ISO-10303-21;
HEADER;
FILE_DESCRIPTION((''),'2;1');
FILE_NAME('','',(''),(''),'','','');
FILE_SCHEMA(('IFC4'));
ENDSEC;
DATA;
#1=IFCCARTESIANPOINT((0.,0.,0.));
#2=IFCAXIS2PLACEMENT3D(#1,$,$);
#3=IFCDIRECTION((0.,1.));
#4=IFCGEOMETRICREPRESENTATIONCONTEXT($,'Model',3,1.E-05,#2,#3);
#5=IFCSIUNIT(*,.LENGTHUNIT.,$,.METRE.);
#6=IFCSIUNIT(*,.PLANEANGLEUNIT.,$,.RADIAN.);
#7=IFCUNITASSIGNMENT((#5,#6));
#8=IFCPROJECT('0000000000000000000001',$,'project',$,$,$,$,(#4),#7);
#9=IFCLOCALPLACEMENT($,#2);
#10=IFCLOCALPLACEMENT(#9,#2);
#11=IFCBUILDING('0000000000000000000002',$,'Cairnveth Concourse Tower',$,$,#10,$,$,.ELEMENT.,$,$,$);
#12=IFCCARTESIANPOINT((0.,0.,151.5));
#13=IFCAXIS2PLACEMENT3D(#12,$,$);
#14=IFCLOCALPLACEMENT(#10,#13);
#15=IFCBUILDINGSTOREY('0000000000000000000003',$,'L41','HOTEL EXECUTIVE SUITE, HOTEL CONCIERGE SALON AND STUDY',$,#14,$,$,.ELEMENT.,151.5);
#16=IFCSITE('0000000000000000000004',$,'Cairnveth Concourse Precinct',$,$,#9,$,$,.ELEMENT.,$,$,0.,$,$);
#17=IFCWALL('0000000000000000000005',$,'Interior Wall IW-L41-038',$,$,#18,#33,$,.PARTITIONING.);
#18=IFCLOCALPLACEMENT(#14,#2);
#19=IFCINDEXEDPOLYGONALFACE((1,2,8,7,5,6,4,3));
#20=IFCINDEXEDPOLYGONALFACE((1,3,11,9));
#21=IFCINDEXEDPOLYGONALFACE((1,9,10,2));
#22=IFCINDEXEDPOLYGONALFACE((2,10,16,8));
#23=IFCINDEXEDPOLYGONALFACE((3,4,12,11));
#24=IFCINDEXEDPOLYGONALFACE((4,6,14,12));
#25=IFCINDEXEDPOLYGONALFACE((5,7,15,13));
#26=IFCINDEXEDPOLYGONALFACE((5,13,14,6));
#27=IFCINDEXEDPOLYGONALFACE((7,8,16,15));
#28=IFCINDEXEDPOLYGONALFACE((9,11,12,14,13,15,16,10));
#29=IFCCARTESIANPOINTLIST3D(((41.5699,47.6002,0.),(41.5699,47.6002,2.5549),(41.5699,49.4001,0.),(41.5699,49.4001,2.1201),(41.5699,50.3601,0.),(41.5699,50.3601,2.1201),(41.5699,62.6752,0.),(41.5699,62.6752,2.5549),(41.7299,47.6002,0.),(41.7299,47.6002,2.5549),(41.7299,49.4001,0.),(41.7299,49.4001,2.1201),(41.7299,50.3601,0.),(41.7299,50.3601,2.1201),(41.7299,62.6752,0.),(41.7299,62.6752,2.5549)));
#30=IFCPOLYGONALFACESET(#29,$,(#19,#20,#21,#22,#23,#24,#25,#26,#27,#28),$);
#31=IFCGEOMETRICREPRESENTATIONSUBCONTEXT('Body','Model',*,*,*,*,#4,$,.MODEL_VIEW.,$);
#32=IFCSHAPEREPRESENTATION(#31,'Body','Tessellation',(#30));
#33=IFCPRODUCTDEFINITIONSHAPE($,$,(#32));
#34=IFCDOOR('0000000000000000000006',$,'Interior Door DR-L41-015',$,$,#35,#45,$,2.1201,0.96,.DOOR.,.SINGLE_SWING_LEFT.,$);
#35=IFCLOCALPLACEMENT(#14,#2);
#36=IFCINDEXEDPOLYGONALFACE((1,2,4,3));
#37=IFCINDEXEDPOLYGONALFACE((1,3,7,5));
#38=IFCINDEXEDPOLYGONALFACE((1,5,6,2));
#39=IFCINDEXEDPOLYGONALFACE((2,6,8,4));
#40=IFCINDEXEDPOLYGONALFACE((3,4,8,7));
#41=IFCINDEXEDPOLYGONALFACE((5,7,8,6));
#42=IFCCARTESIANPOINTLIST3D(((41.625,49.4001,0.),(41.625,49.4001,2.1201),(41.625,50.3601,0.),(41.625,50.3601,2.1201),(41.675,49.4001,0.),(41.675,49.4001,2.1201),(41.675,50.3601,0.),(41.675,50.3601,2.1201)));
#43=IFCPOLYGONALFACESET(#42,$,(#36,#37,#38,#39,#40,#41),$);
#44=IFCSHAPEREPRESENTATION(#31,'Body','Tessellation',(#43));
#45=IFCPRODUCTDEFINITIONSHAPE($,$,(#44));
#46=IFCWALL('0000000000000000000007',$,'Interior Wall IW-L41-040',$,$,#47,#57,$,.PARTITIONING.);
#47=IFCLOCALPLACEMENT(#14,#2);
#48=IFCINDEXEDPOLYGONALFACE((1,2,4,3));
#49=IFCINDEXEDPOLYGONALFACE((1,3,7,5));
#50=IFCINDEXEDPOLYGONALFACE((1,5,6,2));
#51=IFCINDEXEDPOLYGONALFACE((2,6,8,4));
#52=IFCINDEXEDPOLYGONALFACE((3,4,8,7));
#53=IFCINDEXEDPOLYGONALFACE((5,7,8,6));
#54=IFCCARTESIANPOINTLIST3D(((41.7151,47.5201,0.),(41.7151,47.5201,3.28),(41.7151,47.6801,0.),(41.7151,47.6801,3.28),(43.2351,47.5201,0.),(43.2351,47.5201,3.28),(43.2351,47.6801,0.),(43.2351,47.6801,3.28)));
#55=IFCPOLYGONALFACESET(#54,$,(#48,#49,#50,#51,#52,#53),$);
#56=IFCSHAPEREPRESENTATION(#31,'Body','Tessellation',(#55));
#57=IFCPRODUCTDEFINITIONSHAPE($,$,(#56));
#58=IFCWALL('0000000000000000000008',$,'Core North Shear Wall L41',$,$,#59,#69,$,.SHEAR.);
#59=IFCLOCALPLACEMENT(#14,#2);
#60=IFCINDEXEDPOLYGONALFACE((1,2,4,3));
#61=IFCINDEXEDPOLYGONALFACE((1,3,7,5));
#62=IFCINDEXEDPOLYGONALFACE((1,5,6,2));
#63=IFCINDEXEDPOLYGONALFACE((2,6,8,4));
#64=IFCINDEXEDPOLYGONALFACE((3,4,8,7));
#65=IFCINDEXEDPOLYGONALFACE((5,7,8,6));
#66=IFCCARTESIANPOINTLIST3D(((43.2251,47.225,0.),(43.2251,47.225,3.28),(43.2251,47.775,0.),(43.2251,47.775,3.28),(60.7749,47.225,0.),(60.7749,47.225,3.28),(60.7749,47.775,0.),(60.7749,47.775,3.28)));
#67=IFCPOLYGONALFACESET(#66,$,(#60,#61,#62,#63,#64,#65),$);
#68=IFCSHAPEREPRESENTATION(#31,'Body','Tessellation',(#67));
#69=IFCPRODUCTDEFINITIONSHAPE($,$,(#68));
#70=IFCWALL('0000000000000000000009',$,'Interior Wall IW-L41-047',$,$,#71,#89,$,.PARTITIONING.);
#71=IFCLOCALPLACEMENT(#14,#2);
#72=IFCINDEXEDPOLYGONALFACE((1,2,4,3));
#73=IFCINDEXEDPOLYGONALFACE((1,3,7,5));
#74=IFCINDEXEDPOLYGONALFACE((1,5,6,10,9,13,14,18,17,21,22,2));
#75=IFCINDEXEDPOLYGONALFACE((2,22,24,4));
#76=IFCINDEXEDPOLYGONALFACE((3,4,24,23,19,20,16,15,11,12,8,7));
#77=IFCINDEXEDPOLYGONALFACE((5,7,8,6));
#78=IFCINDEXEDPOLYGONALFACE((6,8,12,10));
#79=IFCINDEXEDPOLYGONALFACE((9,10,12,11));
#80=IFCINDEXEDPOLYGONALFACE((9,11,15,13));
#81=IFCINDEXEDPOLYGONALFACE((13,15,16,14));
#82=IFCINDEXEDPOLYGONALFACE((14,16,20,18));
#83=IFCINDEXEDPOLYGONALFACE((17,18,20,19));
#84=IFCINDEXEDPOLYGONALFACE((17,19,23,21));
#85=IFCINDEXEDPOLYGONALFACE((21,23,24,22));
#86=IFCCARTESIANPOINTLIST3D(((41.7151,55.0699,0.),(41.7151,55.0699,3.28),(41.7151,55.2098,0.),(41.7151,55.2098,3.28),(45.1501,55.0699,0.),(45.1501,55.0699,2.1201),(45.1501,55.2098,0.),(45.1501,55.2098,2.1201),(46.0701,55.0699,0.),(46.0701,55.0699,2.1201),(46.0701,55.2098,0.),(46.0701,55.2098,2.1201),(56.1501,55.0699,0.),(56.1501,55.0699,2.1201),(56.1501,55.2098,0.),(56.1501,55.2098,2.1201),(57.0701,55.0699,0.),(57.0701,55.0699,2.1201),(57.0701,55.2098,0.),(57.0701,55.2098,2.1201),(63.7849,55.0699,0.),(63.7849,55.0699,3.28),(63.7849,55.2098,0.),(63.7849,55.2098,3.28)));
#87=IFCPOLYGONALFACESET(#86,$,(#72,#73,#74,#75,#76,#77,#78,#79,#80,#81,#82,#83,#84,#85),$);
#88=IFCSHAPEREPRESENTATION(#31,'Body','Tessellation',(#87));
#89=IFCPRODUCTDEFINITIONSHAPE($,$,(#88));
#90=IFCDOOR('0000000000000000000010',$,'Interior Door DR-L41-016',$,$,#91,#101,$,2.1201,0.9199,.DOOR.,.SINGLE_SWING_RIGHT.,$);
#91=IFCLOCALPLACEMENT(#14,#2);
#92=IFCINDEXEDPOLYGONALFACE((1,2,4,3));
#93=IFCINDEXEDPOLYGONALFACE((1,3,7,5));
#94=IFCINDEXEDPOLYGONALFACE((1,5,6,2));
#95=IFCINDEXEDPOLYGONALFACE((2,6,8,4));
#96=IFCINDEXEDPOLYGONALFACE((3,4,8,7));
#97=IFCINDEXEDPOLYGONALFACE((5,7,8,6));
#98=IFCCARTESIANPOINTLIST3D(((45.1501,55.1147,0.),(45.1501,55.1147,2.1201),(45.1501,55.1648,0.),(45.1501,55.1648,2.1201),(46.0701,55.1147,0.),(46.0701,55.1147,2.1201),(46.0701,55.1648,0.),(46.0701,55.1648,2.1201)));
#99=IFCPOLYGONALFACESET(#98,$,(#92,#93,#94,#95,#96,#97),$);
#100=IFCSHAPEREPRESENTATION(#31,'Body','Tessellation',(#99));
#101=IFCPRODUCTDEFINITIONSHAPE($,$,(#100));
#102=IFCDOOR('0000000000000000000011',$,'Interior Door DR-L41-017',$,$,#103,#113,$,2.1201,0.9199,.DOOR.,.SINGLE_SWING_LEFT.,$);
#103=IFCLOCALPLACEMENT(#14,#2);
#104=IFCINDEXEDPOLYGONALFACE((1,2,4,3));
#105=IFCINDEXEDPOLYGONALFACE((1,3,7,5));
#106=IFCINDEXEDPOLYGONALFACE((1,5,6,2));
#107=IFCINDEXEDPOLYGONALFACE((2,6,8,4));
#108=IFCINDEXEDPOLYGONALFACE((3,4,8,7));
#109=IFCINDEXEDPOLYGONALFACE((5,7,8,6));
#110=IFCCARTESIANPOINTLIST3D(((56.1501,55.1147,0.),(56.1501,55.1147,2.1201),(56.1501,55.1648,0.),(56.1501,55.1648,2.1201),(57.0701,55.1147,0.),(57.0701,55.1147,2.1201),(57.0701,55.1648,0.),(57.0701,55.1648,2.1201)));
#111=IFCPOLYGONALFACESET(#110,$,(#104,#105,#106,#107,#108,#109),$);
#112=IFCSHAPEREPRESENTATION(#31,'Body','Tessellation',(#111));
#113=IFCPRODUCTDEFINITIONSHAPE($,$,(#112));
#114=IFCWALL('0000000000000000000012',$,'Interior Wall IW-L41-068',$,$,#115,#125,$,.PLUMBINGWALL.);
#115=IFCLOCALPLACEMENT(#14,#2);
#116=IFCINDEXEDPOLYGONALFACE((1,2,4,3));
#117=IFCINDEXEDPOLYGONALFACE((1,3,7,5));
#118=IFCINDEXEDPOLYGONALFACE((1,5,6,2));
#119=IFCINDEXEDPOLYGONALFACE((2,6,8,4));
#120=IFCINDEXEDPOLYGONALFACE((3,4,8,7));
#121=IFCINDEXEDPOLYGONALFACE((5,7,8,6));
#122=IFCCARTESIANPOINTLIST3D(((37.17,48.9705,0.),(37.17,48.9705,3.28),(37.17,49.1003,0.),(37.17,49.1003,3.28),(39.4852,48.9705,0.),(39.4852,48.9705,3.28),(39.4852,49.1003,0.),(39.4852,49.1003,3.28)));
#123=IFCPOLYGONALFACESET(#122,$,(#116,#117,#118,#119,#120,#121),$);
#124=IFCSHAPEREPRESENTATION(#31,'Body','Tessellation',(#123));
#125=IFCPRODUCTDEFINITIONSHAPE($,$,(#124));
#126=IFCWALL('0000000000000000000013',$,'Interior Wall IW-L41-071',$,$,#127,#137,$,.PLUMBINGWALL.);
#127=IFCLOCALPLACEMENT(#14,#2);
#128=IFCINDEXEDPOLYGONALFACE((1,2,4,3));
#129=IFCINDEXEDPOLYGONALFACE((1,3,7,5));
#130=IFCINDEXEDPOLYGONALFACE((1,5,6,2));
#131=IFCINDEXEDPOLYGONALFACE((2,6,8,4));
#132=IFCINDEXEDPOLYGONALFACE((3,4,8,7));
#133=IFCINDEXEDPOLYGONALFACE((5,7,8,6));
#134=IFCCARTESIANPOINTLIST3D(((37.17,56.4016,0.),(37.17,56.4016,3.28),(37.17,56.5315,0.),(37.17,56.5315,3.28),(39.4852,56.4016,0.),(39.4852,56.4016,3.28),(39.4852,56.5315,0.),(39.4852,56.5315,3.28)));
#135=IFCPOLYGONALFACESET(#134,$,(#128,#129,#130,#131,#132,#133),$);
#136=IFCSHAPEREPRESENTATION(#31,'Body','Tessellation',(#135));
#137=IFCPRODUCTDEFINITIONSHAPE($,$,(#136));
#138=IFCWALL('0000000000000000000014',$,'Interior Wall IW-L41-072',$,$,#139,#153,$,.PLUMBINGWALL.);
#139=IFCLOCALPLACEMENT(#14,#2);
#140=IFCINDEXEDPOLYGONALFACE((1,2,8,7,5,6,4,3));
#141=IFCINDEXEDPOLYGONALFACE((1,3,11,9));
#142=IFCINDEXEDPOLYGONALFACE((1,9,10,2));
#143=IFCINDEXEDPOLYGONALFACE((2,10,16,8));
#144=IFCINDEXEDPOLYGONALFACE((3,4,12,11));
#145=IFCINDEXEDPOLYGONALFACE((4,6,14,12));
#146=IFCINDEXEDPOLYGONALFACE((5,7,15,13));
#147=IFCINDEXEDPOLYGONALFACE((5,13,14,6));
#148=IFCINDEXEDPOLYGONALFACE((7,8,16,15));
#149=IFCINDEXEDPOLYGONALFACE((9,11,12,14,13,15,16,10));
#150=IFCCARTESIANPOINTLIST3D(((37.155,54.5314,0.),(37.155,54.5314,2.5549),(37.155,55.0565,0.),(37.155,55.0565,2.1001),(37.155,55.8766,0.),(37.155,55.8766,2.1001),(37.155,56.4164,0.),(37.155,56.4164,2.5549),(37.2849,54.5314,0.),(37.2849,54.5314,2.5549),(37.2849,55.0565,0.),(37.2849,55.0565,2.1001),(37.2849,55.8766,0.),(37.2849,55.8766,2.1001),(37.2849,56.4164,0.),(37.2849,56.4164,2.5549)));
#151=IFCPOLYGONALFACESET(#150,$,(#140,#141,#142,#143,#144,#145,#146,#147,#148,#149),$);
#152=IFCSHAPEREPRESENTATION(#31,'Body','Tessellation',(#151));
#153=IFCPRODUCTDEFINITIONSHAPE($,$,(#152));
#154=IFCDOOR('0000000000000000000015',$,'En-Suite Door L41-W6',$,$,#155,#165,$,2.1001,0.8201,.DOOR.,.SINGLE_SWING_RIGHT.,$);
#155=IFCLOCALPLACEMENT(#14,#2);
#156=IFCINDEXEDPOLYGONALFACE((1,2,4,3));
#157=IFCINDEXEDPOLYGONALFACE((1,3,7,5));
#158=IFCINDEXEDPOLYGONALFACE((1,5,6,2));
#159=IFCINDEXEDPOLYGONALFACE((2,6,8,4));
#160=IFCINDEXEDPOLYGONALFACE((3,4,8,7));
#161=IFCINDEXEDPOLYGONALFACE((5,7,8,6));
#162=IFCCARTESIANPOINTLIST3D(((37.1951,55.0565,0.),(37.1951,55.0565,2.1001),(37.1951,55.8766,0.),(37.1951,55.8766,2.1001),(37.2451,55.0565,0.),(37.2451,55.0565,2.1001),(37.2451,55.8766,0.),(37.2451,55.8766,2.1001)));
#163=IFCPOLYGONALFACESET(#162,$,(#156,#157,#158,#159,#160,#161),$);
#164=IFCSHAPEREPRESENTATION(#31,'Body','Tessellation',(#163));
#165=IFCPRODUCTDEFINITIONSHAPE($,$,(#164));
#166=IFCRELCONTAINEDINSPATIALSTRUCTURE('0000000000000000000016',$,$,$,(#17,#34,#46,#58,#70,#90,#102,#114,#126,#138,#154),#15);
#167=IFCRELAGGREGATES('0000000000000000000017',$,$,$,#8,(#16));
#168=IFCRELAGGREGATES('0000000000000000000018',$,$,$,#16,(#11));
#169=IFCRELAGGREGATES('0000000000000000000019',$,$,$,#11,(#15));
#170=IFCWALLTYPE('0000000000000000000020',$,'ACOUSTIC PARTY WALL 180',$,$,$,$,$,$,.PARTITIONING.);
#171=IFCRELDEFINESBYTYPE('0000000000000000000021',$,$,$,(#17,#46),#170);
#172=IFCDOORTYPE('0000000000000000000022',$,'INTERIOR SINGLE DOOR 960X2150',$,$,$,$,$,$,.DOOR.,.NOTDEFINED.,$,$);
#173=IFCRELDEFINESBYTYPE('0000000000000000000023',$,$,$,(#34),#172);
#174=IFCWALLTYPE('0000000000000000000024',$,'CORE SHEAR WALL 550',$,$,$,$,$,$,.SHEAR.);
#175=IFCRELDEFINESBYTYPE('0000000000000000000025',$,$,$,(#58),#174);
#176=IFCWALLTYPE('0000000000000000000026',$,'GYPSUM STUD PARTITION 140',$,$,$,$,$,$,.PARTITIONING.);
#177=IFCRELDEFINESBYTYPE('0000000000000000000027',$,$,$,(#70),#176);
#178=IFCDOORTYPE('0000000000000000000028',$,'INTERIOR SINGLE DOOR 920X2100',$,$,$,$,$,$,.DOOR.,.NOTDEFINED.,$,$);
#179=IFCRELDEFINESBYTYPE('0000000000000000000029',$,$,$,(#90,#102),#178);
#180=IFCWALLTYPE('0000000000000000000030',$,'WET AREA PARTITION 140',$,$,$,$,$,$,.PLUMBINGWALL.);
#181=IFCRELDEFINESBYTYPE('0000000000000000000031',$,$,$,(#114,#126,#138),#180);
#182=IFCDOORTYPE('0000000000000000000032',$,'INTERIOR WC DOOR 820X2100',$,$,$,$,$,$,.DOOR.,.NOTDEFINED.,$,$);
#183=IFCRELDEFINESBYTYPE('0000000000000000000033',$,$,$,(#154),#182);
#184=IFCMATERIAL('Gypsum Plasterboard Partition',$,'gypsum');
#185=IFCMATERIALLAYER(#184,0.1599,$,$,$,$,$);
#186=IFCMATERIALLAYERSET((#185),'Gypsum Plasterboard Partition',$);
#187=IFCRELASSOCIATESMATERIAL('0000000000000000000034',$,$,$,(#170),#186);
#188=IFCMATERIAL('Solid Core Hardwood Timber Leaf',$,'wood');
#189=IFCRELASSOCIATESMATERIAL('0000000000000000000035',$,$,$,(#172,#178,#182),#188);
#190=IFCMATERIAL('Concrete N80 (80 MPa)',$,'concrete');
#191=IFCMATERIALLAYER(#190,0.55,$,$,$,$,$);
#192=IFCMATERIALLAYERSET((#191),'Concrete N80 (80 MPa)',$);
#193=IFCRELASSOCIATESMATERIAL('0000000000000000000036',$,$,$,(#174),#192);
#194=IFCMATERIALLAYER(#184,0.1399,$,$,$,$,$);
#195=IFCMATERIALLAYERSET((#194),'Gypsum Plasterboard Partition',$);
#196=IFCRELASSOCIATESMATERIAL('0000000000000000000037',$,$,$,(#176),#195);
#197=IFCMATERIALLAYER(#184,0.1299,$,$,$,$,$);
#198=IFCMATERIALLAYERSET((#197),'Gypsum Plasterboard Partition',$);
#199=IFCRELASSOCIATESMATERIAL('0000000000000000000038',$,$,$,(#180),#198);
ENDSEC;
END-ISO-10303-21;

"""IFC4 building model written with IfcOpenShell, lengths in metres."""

from ifc_helpers import new_model, si_unit, direction, frame, frame_2d, origin, place, context, subcontext, project, spatial, rectangle, extrude, material, layer, layer_set, type_object, element, fill, save


model = new_model("IFC4")

# Units and contexts
model_context = context("Model", 3, precision=1e-05, world=origin(), true_north=direction((0.0, 1.0)))
body_context = subcontext(model_context, "Body", "Model", "MODEL_VIEW")
ifc_project = project(units=[si_unit("LENGTHUNIT", "METRE"), si_unit("PLANEANGLEUNIT", "RADIAN")], contexts=[model_context])

# Site, building, storey
site_placement = place(None, origin())
site = spatial("IfcSite", under=ifc_project, at=site_placement, Name="Cairnveth Concourse Precinct", CompositionType="ELEMENT", RefElevation=0.0)
building_placement = place(site_placement, origin())
building = spatial("IfcBuilding", under=site, at=building_placement, Name="Cairnveth Concourse Tower", CompositionType="ELEMENT")
storey_placement = place(building_placement, frame((0.0, 0.0, 151.5)))
storey = spatial("IfcBuildingStorey", under=building, at=storey_placement, Name="L41", Description="HOTEL EXECUTIVE SUITE, HOTEL CONCIERGE SALON AND STUDY", CompositionType="ELEMENT", Elevation=151.5)

# Wall, opening, door
ifc_material_1 = material(Name="Gypsum Plasterboard Partition", Category="gypsum")
ifc_layer_1 = layer(ifc_material_1, 0.1599)
ifc_layer_set_1 = layer_set([ifc_layer_1], Name="Gypsum Plasterboard Partition")
wall_type_1 = type_object("IfcWallType", Name="ACOUSTIC PARTY WALL 180", PredefinedType="PARTITIONING", material=ifc_layer_set_1)
wall_1_placement = place(storey_placement, frame((41.6499, 47.6001, 0.0), z_axis=(0.0, 0.0, 1.0), x_axis=(0.0, 1.0, 0.0)))
wall_1 = element("IfcWall", 1, at=wall_1_placement, inside=storey, type_object=wall_type_1, Name="Interior Wall IW-L41-038", PredefinedType="PARTITIONING", context=body_context, shape_type="SweptSolid", body=[
    extrude(rectangle(XDim=15.075, YDim=0.1599, at=frame_2d((7.5376, 0.0))), origin(), (0.0, 0.0, 1.0), 2.5549),
])
opening_1_placement = place(wall_1_placement, frame((1.8, 0.0, 0.0)))
opening_1 = element("IfcOpeningElement", 2, at=opening_1_placement, cuts=wall_1, PredefinedType="OPENING", context=body_context, shape_type="SweptSolid", body=[
    extrude(rectangle(XDim=0.96, YDim=2.1201, at=frame_2d((0.48, 1.0601))), frame((0.0, 0.0898, 0.0), z_axis=(0.0, -1.0, 0.0), x_axis=(1.0, 0.0, 0.0)), (0.0, 0.0, 1.0), 0.1799),
])
ifc_material_2 = material(Name="Solid Core Hardwood Timber Leaf", Category="wood")
door_type_1 = type_object("IfcDoorType", Name="INTERIOR SINGLE DOOR 960X2150", OperationType="NOTDEFINED", PredefinedType="DOOR", material=ifc_material_2)
door_1_placement = place(opening_1_placement, origin())
door_1 = element("IfcDoor", 3, at=door_1_placement, inside=storey, type_object=door_type_1, Name="Interior Door DR-L41-015", OperationType="SINGLE_SWING_LEFT", OverallHeight=2.1201, OverallWidth=0.96, PredefinedType="DOOR", context=body_context, shape_type="SweptSolid", body=[
    extrude(rectangle(XDim=0.96, YDim=2.1201, at=frame_2d((0.48, 1.0601))), frame((0.0, 0.0249, 0.0), z_axis=(0.0, -1.0, 0.0), x_axis=(1.0, 0.0, 0.0)), (0.0, 0.0, 1.0), 0.05),
])
fill(opening_1, door_1)

# Walls
wall_2_placement = place(storey_placement, frame((41.7151, 47.6001, 0.0), z_axis=(0.0, 0.0, 1.0), x_axis=(1.0, 0.0, 0.0)))
element("IfcWall", 4, at=wall_2_placement, inside=storey, type_object=wall_type_1, Name="Interior Wall IW-L41-040", PredefinedType="PARTITIONING", context=body_context, shape_type="SweptSolid", body=[
    extrude(rectangle(XDim=1.52, YDim=0.1599, at=frame_2d((0.76, 0.0))), origin(), (0.0, 0.0, 1.0), 3.28),
])
ifc_material_3 = material(Name="Concrete N80 (80 MPa)", Category="concrete")
ifc_layer_2 = layer(ifc_material_3, 0.55)
ifc_layer_set_2 = layer_set([ifc_layer_2], Name="Concrete N80 (80 MPa)")
wall_type_2 = type_object("IfcWallType", Name="CORE SHEAR WALL 550", PredefinedType="SHEAR", material=ifc_layer_set_2)
wall_3_placement = place(storey_placement, frame((43.2251, 47.5, 0.0), z_axis=(0.0, 0.0, 1.0), x_axis=(1.0, 0.0, 0.0)))
element("IfcWall", 5, at=wall_3_placement, inside=storey, type_object=wall_type_2, Name="Core North Shear Wall L41", PredefinedType="SHEAR", context=body_context, shape_type="SweptSolid", body=[
    extrude(rectangle(XDim=17.5498, YDim=0.55, at=frame_2d((8.7749, 0.0))), origin(), (0.0, 0.0, 1.0), 3.28),
])

# Wall, openings, doors
ifc_layer_3 = layer(ifc_material_1, 0.1399)
ifc_layer_set_3 = layer_set([ifc_layer_3], Name="Gypsum Plasterboard Partition")
wall_type_3 = type_object("IfcWallType", Name="GYPSUM STUD PARTITION 140", PredefinedType="PARTITIONING", material=ifc_layer_set_3)
wall_4_placement = place(storey_placement, frame((41.7151, 55.1399, 0.0), z_axis=(0.0, 0.0, 1.0), x_axis=(1.0, 0.0, 0.0)))
wall_4 = element("IfcWall", 6, at=wall_4_placement, inside=storey, type_object=wall_type_3, Name="Interior Wall IW-L41-047", PredefinedType="PARTITIONING", context=body_context, shape_type="SweptSolid", body=[
    extrude(rectangle(XDim=22.0698, YDim=0.1399, at=frame_2d((11.0349, 0.0))), origin(), (0.0, 0.0, 1.0), 3.28),
])
opening_2_placement = place(wall_4_placement, frame((3.4351, 0.0, 0.0)))
opening_2 = element("IfcOpeningElement", 7, at=opening_2_placement, cuts=wall_4, PredefinedType="OPENING", context=body_context, shape_type="SweptSolid", body=[
    extrude(rectangle(XDim=0.9199, YDim=2.1201, at=frame_2d((0.46, 1.0601))), frame((0.0, 0.0798, 0.0), z_axis=(0.0, -1.0, 0.0), x_axis=(1.0, 0.0, 0.0)), (0.0, 0.0, 1.0), 0.1599),
])
opening_3_placement = place(wall_4_placement, frame((14.4351, 0.0, 0.0)))
opening_3 = element("IfcOpeningElement", 8, at=opening_3_placement, cuts=wall_4, PredefinedType="OPENING", context=body_context, shape_type="SweptSolid", body=[
    extrude(rectangle(XDim=0.9199, YDim=2.1201, at=frame_2d((0.46, 1.0601))), frame((0.0, 0.0798, 0.0), z_axis=(0.0, -1.0, 0.0), x_axis=(1.0, 0.0, 0.0)), (0.0, 0.0, 1.0), 0.1599),
])
door_type_2 = type_object("IfcDoorType", Name="INTERIOR SINGLE DOOR 920X2100", OperationType="NOTDEFINED", PredefinedType="DOOR", material=ifc_material_2)
door_2_placement = place(opening_2_placement, origin())
door_2 = element("IfcDoor", 9, at=door_2_placement, inside=storey, type_object=door_type_2, Name="Interior Door DR-L41-016", OperationType="SINGLE_SWING_RIGHT", OverallHeight=2.1201, OverallWidth=0.9199, PredefinedType="DOOR", context=body_context, shape_type="SweptSolid", body=[
    extrude(rectangle(XDim=0.9199, YDim=2.1201, at=frame_2d((0.46, 1.0601))), frame((0.0, 0.0249, 0.0), z_axis=(0.0, -1.0, 0.0), x_axis=(1.0, 0.0, 0.0)), (0.0, 0.0, 1.0), 0.05),
])
fill(opening_2, door_2)
door_3_placement = place(opening_3_placement, origin())
door_3 = element("IfcDoor", 10, at=door_3_placement, inside=storey, type_object=door_type_2, Name="Interior Door DR-L41-017", OperationType="SINGLE_SWING_LEFT", OverallHeight=2.1201, OverallWidth=0.9199, PredefinedType="DOOR", context=body_context, shape_type="SweptSolid", body=[
    extrude(rectangle(XDim=0.9199, YDim=2.1201, at=frame_2d((0.46, 1.0601))), frame((0.0, 0.0249, 0.0), z_axis=(0.0, -1.0, 0.0), x_axis=(1.0, 0.0, 0.0)), (0.0, 0.0, 1.0), 0.05),
])
fill(opening_3, door_3)

# Walls
ifc_layer_4 = layer(ifc_material_1, 0.1299)
ifc_layer_set_4 = layer_set([ifc_layer_4], Name="Gypsum Plasterboard Partition")
wall_type_4 = type_object("IfcWallType", Name="WET AREA PARTITION 140", PredefinedType="PLUMBINGWALL", material=ifc_layer_set_4)
for number, where, z_axis, x_axis, name in (
    (11, (37.1699, 49.0354, 0.0), (0.0, 0.0, 1.0), (1.0, 0.0, 0.0), "Interior Wall IW-L41-068"),
    (12, (37.1699, 56.4666, 0.0), (0.0, 0.0, 1.0), (1.0, 0.0, 0.0), "Interior Wall IW-L41-071"),
):
    element("IfcWall", number, at=place(storey_placement, frame(where, z_axis=z_axis, x_axis=x_axis)), inside=storey, type_object=wall_type_4, Name=name, PredefinedType="PLUMBINGWALL", context=body_context, shape_type="SweptSolid", body=[
        extrude(rectangle(XDim=2.3152, YDim=0.1299, at=frame_2d((1.1577, 0.0))), origin(), (0.0, 0.0, 1.0), 3.28),
    ])

# Wall, opening, door
wall_5_placement = place(storey_placement, frame((37.22, 54.5315, 0.0), z_axis=(0.0, 0.0, 1.0), x_axis=(0.0, 1.0, 0.0)))
wall_5 = element("IfcWall", 13, at=wall_5_placement, inside=storey, type_object=wall_type_4, Name="Interior Wall IW-L41-072", PredefinedType="PLUMBINGWALL", context=body_context, shape_type="SweptSolid", body=[
    extrude(rectangle(XDim=1.885, YDim=0.1299, at=frame_2d((0.9424, 0.0))), origin(), (0.0, 0.0, 1.0), 2.5549),
])
opening_4_placement = place(wall_5_placement, frame((0.5249, 0.0, 0.0)))
opening_4 = element("IfcOpeningElement", 14, at=opening_4_placement, cuts=wall_5, PredefinedType="OPENING", context=body_context, shape_type="SweptSolid", body=[
    extrude(rectangle(XDim=0.8201, YDim=2.1001, at=frame_2d((0.4102, 1.05))), frame((0.0, 0.075, 0.0), z_axis=(0.0, -1.0, 0.0), x_axis=(1.0, 0.0, 0.0)), (0.0, 0.0, 1.0), 0.1499),
])
door_type_3 = type_object("IfcDoorType", Name="INTERIOR WC DOOR 820X2100", OperationType="NOTDEFINED", PredefinedType="DOOR", material=ifc_material_2)
door_4_placement = place(opening_4_placement, origin())
door_4 = element("IfcDoor", 15, at=door_4_placement, inside=storey, type_object=door_type_3, Name="En-Suite Door L41-W6", OperationType="SINGLE_SWING_RIGHT", OverallHeight=2.1001, OverallWidth=0.8201, PredefinedType="DOOR", context=body_context, shape_type="SweptSolid", body=[
    extrude(rectangle(XDim=0.8201, YDim=2.1001, at=frame_2d((0.4102, 1.05))), frame((0.0, 0.0249, 0.0), z_axis=(0.0, -1.0, 0.0), x_axis=(1.0, 0.0, 0.0)), (0.0, 0.0, 1.0), 0.05),
])
fill(opening_4, door_4)

save(model, "model.ifc")
